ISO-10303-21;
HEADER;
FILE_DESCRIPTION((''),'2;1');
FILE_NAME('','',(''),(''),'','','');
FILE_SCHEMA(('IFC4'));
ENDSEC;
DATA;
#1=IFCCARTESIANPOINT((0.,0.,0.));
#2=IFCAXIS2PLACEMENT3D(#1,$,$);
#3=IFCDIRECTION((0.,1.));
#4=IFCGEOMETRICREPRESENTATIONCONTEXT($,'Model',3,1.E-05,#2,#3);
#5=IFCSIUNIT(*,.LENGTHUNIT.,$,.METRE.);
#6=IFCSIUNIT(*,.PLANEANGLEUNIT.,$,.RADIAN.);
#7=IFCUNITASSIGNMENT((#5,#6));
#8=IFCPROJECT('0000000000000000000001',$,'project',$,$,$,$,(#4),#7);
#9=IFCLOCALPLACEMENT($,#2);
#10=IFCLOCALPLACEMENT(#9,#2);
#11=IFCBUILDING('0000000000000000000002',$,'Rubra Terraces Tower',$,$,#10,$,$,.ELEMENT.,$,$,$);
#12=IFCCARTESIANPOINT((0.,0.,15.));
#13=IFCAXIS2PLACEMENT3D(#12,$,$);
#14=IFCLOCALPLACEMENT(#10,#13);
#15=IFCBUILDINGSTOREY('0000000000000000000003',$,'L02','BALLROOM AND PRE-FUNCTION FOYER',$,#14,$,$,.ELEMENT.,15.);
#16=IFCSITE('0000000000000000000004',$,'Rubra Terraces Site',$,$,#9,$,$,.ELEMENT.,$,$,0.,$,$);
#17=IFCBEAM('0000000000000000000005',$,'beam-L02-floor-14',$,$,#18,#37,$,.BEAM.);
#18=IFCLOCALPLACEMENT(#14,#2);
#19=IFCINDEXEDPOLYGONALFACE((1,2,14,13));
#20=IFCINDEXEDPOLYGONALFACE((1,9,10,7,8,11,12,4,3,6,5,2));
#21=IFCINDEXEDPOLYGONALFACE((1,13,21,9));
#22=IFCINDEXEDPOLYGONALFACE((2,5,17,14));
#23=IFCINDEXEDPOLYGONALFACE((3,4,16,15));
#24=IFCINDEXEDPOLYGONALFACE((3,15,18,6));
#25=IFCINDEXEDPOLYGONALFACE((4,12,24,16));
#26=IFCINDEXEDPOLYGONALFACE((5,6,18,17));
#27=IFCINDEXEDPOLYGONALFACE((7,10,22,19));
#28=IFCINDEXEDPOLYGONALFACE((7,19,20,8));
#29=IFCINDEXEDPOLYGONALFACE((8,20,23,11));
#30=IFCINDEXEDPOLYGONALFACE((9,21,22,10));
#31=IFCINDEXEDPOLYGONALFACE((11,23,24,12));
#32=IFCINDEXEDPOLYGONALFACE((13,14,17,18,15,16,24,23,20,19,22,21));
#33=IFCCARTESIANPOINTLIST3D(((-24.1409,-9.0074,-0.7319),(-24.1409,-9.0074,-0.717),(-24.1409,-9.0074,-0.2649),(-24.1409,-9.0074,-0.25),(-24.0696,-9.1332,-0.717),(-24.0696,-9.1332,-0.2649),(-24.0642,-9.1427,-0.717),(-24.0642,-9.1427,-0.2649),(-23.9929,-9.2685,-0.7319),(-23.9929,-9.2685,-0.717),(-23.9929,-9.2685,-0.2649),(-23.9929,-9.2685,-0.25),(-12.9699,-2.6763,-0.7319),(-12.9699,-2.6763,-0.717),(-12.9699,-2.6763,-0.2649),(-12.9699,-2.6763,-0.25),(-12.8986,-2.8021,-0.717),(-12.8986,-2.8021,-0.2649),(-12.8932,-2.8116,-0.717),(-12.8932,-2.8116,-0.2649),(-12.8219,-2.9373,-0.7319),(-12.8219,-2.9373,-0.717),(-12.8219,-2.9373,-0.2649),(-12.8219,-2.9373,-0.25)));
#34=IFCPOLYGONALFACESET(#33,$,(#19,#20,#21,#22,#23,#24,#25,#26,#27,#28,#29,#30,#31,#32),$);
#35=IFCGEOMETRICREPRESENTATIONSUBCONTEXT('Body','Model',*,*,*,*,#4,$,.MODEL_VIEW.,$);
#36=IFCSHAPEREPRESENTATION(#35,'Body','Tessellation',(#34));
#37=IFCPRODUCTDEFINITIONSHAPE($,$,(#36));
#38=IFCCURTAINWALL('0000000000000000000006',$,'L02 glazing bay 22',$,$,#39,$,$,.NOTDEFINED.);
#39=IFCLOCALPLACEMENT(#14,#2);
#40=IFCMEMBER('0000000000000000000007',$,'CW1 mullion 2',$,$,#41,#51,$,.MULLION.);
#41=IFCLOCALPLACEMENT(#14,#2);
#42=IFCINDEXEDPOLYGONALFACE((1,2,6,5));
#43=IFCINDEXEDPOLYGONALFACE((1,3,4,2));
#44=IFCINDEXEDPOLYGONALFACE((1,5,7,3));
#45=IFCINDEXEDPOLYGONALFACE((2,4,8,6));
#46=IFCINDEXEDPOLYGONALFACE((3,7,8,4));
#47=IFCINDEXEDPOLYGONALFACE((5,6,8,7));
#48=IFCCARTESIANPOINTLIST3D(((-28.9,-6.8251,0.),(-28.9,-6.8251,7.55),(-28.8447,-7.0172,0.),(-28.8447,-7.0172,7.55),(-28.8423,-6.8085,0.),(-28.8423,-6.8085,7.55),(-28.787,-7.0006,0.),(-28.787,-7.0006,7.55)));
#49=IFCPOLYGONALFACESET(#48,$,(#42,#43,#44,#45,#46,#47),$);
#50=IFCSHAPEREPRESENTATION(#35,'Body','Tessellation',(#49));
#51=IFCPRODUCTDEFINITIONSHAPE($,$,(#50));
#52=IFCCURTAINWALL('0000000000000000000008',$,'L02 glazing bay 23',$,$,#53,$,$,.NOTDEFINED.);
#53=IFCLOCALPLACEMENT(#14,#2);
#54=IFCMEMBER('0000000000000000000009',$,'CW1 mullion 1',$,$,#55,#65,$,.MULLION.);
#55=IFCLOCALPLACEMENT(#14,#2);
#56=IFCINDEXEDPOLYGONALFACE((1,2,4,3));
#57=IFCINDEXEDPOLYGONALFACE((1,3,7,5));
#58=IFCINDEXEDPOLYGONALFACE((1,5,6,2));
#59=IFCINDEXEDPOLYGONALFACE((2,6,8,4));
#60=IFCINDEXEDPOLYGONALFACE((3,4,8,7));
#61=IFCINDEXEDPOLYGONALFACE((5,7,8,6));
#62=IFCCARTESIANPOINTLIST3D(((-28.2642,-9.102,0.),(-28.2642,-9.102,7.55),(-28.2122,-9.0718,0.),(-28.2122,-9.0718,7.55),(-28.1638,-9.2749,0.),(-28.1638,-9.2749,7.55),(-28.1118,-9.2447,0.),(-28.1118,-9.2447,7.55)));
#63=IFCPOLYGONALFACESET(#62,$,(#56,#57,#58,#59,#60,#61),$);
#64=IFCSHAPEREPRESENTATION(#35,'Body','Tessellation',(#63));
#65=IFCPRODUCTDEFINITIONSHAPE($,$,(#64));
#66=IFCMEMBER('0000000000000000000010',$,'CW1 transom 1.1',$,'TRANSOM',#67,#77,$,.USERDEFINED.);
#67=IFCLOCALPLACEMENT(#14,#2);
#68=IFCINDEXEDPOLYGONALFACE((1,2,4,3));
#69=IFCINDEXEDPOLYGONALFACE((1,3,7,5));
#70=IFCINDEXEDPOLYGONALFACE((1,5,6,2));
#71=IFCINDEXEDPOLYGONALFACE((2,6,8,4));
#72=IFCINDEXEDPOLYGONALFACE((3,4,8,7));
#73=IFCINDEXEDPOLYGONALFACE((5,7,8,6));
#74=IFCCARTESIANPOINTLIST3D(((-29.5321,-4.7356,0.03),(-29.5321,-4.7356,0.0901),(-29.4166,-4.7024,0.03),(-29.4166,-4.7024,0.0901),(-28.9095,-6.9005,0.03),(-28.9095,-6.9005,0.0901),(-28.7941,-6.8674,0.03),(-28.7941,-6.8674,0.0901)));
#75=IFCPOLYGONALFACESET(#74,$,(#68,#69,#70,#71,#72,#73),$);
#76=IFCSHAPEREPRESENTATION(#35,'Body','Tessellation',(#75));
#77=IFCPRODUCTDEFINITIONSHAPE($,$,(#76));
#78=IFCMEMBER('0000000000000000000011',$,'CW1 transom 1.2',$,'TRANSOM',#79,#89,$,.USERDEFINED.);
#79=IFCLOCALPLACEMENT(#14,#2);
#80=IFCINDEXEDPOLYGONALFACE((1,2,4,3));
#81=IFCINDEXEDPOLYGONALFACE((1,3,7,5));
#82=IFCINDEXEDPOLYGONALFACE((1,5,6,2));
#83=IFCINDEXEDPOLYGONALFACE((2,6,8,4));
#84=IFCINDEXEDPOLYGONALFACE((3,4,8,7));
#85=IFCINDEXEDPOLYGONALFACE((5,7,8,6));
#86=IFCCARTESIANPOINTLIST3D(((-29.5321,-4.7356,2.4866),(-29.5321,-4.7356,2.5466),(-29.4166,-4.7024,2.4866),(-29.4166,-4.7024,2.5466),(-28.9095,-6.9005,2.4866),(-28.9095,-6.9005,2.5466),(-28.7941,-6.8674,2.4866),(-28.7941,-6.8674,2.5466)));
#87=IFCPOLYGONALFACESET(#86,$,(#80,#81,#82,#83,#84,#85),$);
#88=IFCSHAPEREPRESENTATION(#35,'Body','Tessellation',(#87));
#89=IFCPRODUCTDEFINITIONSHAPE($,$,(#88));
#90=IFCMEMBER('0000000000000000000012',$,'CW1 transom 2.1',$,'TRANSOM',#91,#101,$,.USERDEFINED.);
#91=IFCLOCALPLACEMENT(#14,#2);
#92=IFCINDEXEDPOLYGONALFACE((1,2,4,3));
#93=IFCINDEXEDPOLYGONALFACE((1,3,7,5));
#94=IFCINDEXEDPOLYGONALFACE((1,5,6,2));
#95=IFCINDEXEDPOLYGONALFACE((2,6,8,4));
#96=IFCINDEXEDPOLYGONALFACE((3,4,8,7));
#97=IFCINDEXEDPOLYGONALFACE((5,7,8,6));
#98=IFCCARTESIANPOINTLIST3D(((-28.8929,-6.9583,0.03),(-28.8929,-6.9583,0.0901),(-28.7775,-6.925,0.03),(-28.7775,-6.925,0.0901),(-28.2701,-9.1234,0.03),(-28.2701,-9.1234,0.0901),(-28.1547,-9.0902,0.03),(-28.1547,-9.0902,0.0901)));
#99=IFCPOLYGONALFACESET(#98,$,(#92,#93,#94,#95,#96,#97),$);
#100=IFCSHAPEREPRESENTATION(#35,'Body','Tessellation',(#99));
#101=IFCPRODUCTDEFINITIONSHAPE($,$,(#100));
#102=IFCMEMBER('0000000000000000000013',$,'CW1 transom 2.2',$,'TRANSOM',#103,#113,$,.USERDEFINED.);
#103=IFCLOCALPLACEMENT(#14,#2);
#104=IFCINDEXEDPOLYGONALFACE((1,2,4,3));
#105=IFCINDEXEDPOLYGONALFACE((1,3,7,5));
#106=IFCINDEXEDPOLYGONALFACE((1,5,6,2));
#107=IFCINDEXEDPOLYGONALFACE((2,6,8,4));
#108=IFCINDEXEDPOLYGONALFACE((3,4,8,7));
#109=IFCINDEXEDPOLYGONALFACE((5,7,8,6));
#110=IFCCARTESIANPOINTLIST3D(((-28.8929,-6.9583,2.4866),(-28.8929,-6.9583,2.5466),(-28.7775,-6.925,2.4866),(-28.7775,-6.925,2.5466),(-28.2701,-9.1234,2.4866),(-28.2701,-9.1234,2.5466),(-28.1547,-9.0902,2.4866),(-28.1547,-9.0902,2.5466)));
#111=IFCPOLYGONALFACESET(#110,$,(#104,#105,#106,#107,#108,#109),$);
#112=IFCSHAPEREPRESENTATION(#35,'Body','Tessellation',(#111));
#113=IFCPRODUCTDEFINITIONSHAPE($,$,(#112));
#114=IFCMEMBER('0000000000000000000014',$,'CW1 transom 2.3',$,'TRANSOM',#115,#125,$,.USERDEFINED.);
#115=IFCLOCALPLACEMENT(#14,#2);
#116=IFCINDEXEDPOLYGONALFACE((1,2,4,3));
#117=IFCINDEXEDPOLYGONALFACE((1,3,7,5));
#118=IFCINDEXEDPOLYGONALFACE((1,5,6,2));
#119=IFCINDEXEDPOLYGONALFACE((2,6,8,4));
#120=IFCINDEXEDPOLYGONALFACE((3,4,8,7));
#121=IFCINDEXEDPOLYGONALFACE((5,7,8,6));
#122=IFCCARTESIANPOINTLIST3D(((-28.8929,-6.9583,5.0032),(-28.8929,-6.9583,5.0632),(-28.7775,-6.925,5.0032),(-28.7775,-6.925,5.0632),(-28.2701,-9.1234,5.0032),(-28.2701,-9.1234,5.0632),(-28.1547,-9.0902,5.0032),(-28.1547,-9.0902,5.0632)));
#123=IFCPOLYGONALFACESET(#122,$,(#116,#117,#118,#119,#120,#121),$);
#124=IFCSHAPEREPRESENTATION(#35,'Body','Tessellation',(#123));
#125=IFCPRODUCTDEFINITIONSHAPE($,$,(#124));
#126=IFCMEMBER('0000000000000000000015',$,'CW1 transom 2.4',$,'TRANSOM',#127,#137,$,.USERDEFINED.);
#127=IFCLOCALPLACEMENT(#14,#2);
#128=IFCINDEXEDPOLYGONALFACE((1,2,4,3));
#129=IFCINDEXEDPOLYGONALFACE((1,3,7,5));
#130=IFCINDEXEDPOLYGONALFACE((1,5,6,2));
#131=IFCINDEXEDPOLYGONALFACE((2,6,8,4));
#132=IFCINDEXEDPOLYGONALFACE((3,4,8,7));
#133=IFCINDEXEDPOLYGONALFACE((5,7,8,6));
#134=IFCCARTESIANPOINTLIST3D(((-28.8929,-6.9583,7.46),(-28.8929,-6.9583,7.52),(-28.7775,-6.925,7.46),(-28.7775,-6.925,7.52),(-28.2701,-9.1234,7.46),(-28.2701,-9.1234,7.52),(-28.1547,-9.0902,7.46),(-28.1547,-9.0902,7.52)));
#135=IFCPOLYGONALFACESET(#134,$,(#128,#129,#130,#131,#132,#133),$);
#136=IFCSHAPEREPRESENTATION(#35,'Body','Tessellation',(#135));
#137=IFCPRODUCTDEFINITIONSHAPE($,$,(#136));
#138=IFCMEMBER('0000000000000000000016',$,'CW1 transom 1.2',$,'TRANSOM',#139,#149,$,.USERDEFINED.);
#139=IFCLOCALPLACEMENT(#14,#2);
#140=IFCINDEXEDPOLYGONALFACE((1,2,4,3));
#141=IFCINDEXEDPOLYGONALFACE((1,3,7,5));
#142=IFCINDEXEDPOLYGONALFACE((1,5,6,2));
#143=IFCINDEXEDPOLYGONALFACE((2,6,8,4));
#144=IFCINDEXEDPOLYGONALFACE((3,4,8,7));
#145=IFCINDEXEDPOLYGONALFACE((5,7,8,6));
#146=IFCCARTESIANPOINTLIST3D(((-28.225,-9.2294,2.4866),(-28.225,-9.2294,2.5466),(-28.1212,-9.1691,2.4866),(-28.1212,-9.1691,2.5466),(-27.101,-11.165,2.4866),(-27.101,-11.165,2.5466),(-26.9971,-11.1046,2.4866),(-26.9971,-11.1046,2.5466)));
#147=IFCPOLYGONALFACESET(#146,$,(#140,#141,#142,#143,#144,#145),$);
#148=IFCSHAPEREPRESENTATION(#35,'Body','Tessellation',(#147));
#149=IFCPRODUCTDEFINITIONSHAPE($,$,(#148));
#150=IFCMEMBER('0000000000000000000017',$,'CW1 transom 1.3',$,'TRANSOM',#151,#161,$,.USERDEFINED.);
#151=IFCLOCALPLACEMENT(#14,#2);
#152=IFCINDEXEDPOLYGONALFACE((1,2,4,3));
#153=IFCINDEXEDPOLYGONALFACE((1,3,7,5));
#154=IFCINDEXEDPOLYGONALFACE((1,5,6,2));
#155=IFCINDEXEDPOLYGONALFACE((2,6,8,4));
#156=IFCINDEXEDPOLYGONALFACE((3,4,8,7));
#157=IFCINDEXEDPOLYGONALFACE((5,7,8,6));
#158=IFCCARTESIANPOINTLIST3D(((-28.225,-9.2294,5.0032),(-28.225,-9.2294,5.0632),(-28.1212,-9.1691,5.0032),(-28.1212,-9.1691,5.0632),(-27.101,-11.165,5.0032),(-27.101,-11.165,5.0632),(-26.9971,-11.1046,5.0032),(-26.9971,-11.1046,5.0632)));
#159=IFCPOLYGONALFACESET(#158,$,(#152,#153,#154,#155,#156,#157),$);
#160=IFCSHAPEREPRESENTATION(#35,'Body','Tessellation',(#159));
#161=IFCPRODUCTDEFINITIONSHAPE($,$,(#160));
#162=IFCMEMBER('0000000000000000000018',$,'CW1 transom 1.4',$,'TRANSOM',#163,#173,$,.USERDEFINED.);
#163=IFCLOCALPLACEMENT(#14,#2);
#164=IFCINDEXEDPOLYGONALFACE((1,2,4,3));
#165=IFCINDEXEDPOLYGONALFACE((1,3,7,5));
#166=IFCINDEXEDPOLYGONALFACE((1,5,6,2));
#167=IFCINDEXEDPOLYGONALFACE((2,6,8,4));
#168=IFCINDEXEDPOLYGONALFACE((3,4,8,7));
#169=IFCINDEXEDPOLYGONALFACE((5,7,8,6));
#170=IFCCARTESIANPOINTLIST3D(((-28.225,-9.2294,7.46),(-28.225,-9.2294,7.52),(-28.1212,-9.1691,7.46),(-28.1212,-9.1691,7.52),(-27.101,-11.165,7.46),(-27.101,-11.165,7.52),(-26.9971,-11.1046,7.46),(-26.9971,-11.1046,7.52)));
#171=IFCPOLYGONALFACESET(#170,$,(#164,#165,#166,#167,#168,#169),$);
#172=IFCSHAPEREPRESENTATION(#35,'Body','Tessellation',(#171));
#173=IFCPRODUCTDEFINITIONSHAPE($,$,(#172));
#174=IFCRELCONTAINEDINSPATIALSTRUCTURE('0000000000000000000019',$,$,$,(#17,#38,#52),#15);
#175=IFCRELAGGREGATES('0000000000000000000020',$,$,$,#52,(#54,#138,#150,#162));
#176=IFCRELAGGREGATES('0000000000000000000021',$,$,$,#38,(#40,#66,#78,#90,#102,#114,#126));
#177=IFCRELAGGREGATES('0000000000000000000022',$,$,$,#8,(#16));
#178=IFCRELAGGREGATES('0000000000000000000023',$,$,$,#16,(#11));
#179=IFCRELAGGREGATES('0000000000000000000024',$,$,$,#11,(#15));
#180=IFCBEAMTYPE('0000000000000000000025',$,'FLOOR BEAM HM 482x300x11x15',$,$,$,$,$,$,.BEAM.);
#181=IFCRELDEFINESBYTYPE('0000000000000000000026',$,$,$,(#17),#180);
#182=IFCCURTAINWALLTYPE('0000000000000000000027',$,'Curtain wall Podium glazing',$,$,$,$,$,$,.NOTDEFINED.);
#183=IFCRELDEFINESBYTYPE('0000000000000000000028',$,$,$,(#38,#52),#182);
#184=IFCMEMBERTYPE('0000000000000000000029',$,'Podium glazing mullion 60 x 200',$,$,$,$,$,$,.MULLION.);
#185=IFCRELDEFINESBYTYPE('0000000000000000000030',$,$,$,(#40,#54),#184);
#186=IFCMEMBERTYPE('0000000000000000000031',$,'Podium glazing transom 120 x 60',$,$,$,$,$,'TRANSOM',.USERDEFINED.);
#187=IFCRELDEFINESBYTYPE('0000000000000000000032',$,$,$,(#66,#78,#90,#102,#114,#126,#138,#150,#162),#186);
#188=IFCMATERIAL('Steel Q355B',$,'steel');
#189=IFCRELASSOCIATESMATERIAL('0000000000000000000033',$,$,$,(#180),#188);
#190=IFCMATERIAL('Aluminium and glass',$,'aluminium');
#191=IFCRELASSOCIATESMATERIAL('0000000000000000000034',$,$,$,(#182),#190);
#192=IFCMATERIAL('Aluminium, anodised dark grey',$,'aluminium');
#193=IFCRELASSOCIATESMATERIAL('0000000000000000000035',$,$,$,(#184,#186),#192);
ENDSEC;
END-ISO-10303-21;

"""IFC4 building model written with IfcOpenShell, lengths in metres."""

from ifc_helpers import new_model, si_unit, direction, frame, origin, origin_2d, place, context, subcontext, project, spatial, rectangle, i_section, extrude, material, material_profile, profile_set, type_object, element, aggregate, save


model = new_model("IFC4")

# Units and contexts
model_context = context("Model", 3, precision=1e-05, world=origin(), true_north=direction((0.0, 1.0)))
body_context = subcontext(model_context, "Body", "Model", "MODEL_VIEW")
ifc_project = project(units=[si_unit("LENGTHUNIT", "METRE"), si_unit("PLANEANGLEUNIT", "RADIAN")], contexts=[model_context])

# Site, building, storey
site_placement = place(None, origin())
site = spatial("IfcSite", under=ifc_project, at=site_placement, Name="Rubra Terraces Site", CompositionType="ELEMENT", RefElevation=0.0)
building_placement = place(site_placement, origin())
building = spatial("IfcBuilding", under=site, at=building_placement, Name="Rubra Terraces Tower", CompositionType="ELEMENT")
storey_placement = place(building_placement, frame((0.0, 0.0, 15.0)))
storey = spatial("IfcBuildingStorey", under=building, at=storey_placement, Name="L02", Description="BALLROOM AND PRE-FUNCTION FOYER", CompositionType="ELEMENT", Elevation=15.0)

# Beam
ifc_material_1 = material(Name="Steel Q355B", Category="steel")
ifc_material_profile_1 = material_profile(ifc_material_1, i_section(OverallWidth=0.3, OverallDepth=0.4819, WebThickness=0.011, FlangeThickness=0.0149, at=origin_2d()), Name="HM 482x300x11x15")
ifc_profile_set_1 = profile_set([ifc_material_profile_1], Name="Steel Q355B")
beam_type_1 = type_object("IfcBeamType", Name="FLOOR BEAM HM 482x300x11x15", PredefinedType="BEAM", material=ifc_profile_set_1)
beam_1_placement = place(storey_placement, frame((-24.0669, -9.1379, -0.491), z_axis=(0.869993, 0.493064, 0.0), x_axis=(-0.493064, 0.869993, 0.0)))
element("IfcBeam", 1, at=beam_1_placement, inside=storey, type_object=beam_type_1, Name="beam-L02-floor-14", PredefinedType="BEAM", context=body_context, shape_type="SweptSolid", body=[
    extrude(i_section(OverallWidth=0.3, OverallDepth=0.4819, WebThickness=0.011, FlangeThickness=0.0149, at=origin_2d()), origin(), (0.0, 0.0, 1.0), 12.8403),
])

# Curtain walls, members
ifc_material_2 = material(Name="Aluminium and glass", Category="aluminium")
curtain_wall_type = type_object("IfcCurtainWallType", Name="Curtain wall Podium glazing", PredefinedType="NOTDEFINED", material=ifc_material_2)
curtain_wall_1_placement = place(storey_placement, origin())
curtain_wall_1 = element("IfcCurtainWall", 2, at=curtain_wall_1_placement, inside=storey, type_object=curtain_wall_type, Name="L02 glazing bay 22", PredefinedType="NOTDEFINED")
ifc_material_3 = material(Name="Aluminium, anodised dark grey", Category="aluminium")
ifc_material_profile_2 = material_profile(ifc_material_3, rectangle(XDim=0.0601, YDim=0.2, at=origin_2d()), Name="AL 60x200")
ifc_profile_set_2 = profile_set([ifc_material_profile_2], Name="Aluminium, anodised dark grey")
member_type_1 = type_object("IfcMemberType", Name="Podium glazing mullion 60 x 200", PredefinedType="MULLION", material=ifc_profile_set_2)
member_1_placement = place(storey_placement, frame((-28.8435, -6.9128, 0.0), z_axis=(0.0, 0.0, 1.0), x_axis=(0.961047, 0.276384, 0.0)))
member_1 = element("IfcMember", 3, at=member_1_placement, type_object=member_type_1, Name="CW1 mullion 2", PredefinedType="MULLION", context=body_context, shape_type="SweptSolid", body=[
    extrude(rectangle(XDim=0.0601, YDim=0.2, at=origin_2d()), origin(), (0.0, 0.0, 1.0), 7.55),
])
curtain_wall_2_placement = place(storey_placement, origin())
curtain_wall_2 = element("IfcCurtainWall", 4, at=curtain_wall_2_placement, inside=storey, type_object=curtain_wall_type, Name="L02 glazing bay 23", PredefinedType="NOTDEFINED")
member_2_placement = place(storey_placement, frame((-28.188, -9.1733, 0.0), z_axis=(0.0, 0.0, 1.0), x_axis=(0.864813, 0.502094, 0.0)))
member_2 = element("IfcMember", 5, at=member_2_placement, type_object=member_type_1, Name="CW1 mullion 1", PredefinedType="MULLION", context=body_context, shape_type="SweptSolid", body=[
    extrude(rectangle(XDim=0.0601, YDim=0.2, at=origin_2d()), origin(), (0.0, 0.0, 1.0), 7.55),
])

# Members
ifc_material_profile_3 = material_profile(ifc_material_3, rectangle(XDim=0.1201, YDim=0.0601, at=origin_2d()), Name="AL 120x60")
ifc_profile_set_3 = profile_set([ifc_material_profile_3], Name="Aluminium, anodised dark grey")
member_type_2 = type_object("IfcMemberType", Name="Podium glazing transom 120 x 60", ElementType="TRANSOM", PredefinedType="USERDEFINED", material=ifc_profile_set_3)
member_3_placement = place(storey_placement, frame((-29.4744, -4.719, 0.0601), z_axis=(0.276352, -0.961056, 0.0), x_axis=(0.961056, 0.276352, 0.0)))
member_3 = element("IfcMember", 6, at=member_3_placement, type_object=member_type_2, Name="CW1 transom 1.1", ObjectType="TRANSOM", PredefinedType="USERDEFINED", context=body_context, shape_type="SweptSolid", body=[
    extrude(rectangle(XDim=0.1201, YDim=0.0601, at=origin_2d()), origin(), (0.0, 0.0, 1.0), 2.2527),
])
member_4_placement = place(storey_placement, frame((-29.4744, -4.719, 2.5166), z_axis=(0.276352, -0.961056, 0.0), x_axis=(0.961056, 0.276352, 0.0)))
member_4 = element("IfcMember", 7, at=member_4_placement, type_object=member_type_2, Name="CW1 transom 1.2", ObjectType="TRANSOM", PredefinedType="USERDEFINED", context=body_context, shape_type="SweptSolid", body=[
    extrude(rectangle(XDim=0.1201, YDim=0.0601, at=origin_2d()), origin(), (0.0, 0.0, 1.0), 2.2527),
])
member_5_placement = place(storey_placement, frame((-28.8352, -6.9417, 0.0601), z_axis=(0.276453, -0.961028, 0.0), x_axis=(0.961028, 0.276453, 0.0)))
member_5 = element("IfcMember", 8, at=member_5_placement, type_object=member_type_2, Name="CW1 transom 2.1", ObjectType="TRANSOM", PredefinedType="USERDEFINED", context=body_context, shape_type="SweptSolid", body=[
    extrude(rectangle(XDim=0.1201, YDim=0.0601, at=origin_2d()), origin(), (0.0, 0.0, 1.0), 2.2529),
])
member_6_placement = place(storey_placement, frame((-28.8352, -6.9417, 2.5166), z_axis=(0.276453, -0.961028, 0.0), x_axis=(0.961028, 0.276453, 0.0)))
member_6 = element("IfcMember", 9, at=member_6_placement, type_object=member_type_2, Name="CW1 transom 2.2", ObjectType="TRANSOM", PredefinedType="USERDEFINED", context=body_context, shape_type="SweptSolid", body=[
    extrude(rectangle(XDim=0.1201, YDim=0.0601, at=origin_2d()), origin(), (0.0, 0.0, 1.0), 2.2529),
])
member_7_placement = place(storey_placement, frame((-28.8352, -6.9417, 5.0332), z_axis=(0.276453, -0.961028, 0.0), x_axis=(0.961028, 0.276453, 0.0)))
member_7 = element("IfcMember", 10, at=member_7_placement, type_object=member_type_2, Name="CW1 transom 2.3", ObjectType="TRANSOM", PredefinedType="USERDEFINED", context=body_context, shape_type="SweptSolid", body=[
    extrude(rectangle(XDim=0.1201, YDim=0.0601, at=origin_2d()), origin(), (0.0, 0.0, 1.0), 2.2529),
])
member_8_placement = place(storey_placement, frame((-28.8352, -6.9417, 7.49), z_axis=(0.276453, -0.961028, 0.0), x_axis=(0.961028, 0.276453, 0.0)))
member_8 = element("IfcMember", 11, at=member_8_placement, type_object=member_type_2, Name="CW1 transom 2.4", ObjectType="TRANSOM", PredefinedType="USERDEFINED", context=body_context, shape_type="SweptSolid", body=[
    extrude(rectangle(XDim=0.1201, YDim=0.0601, at=origin_2d()), origin(), (0.0, 0.0, 1.0), 2.2529),
])
member_9_placement = place(storey_placement, frame((-28.1731, -9.1992, 2.5166), z_axis=(0.502188, -0.864758, 0.0), x_axis=(0.864758, 0.502188, 0.0)))
member_9 = element("IfcMember", 12, at=member_9_placement, type_object=member_type_2, Name="CW1 transom 1.2", ObjectType="TRANSOM", PredefinedType="USERDEFINED", context=body_context, shape_type="SweptSolid", body=[
    extrude(rectangle(XDim=0.1201, YDim=0.0601, at=origin_2d()), origin(), (0.0, 0.0, 1.0), 2.2383),
])
member_10_placement = place(storey_placement, frame((-28.1731, -9.1992, 5.0332), z_axis=(0.502188, -0.864758, 0.0), x_axis=(0.864758, 0.502188, 0.0)))
member_10 = element("IfcMember", 13, at=member_10_placement, type_object=member_type_2, Name="CW1 transom 1.3", ObjectType="TRANSOM", PredefinedType="USERDEFINED", context=body_context, shape_type="SweptSolid", body=[
    extrude(rectangle(XDim=0.1201, YDim=0.0601, at=origin_2d()), origin(), (0.0, 0.0, 1.0), 2.2383),
])
member_11_placement = place(storey_placement, frame((-28.1731, -9.1992, 7.49), z_axis=(0.502188, -0.864758, 0.0), x_axis=(0.864758, 0.502188, 0.0)))
member_11 = element("IfcMember", 14, at=member_11_placement, type_object=member_type_2, Name="CW1 transom 1.4", ObjectType="TRANSOM", PredefinedType="USERDEFINED", context=body_context, shape_type="SweptSolid", body=[
    extrude(rectangle(XDim=0.1201, YDim=0.0601, at=origin_2d()), origin(), (0.0, 0.0, 1.0), 2.2383),
])
aggregate(curtain_wall_2, [member_2, member_9, member_10, member_11])

aggregate(curtain_wall_1, [member_1, member_3, member_4, member_5, member_6, member_7, member_8])

save(model, "model.ifc")
